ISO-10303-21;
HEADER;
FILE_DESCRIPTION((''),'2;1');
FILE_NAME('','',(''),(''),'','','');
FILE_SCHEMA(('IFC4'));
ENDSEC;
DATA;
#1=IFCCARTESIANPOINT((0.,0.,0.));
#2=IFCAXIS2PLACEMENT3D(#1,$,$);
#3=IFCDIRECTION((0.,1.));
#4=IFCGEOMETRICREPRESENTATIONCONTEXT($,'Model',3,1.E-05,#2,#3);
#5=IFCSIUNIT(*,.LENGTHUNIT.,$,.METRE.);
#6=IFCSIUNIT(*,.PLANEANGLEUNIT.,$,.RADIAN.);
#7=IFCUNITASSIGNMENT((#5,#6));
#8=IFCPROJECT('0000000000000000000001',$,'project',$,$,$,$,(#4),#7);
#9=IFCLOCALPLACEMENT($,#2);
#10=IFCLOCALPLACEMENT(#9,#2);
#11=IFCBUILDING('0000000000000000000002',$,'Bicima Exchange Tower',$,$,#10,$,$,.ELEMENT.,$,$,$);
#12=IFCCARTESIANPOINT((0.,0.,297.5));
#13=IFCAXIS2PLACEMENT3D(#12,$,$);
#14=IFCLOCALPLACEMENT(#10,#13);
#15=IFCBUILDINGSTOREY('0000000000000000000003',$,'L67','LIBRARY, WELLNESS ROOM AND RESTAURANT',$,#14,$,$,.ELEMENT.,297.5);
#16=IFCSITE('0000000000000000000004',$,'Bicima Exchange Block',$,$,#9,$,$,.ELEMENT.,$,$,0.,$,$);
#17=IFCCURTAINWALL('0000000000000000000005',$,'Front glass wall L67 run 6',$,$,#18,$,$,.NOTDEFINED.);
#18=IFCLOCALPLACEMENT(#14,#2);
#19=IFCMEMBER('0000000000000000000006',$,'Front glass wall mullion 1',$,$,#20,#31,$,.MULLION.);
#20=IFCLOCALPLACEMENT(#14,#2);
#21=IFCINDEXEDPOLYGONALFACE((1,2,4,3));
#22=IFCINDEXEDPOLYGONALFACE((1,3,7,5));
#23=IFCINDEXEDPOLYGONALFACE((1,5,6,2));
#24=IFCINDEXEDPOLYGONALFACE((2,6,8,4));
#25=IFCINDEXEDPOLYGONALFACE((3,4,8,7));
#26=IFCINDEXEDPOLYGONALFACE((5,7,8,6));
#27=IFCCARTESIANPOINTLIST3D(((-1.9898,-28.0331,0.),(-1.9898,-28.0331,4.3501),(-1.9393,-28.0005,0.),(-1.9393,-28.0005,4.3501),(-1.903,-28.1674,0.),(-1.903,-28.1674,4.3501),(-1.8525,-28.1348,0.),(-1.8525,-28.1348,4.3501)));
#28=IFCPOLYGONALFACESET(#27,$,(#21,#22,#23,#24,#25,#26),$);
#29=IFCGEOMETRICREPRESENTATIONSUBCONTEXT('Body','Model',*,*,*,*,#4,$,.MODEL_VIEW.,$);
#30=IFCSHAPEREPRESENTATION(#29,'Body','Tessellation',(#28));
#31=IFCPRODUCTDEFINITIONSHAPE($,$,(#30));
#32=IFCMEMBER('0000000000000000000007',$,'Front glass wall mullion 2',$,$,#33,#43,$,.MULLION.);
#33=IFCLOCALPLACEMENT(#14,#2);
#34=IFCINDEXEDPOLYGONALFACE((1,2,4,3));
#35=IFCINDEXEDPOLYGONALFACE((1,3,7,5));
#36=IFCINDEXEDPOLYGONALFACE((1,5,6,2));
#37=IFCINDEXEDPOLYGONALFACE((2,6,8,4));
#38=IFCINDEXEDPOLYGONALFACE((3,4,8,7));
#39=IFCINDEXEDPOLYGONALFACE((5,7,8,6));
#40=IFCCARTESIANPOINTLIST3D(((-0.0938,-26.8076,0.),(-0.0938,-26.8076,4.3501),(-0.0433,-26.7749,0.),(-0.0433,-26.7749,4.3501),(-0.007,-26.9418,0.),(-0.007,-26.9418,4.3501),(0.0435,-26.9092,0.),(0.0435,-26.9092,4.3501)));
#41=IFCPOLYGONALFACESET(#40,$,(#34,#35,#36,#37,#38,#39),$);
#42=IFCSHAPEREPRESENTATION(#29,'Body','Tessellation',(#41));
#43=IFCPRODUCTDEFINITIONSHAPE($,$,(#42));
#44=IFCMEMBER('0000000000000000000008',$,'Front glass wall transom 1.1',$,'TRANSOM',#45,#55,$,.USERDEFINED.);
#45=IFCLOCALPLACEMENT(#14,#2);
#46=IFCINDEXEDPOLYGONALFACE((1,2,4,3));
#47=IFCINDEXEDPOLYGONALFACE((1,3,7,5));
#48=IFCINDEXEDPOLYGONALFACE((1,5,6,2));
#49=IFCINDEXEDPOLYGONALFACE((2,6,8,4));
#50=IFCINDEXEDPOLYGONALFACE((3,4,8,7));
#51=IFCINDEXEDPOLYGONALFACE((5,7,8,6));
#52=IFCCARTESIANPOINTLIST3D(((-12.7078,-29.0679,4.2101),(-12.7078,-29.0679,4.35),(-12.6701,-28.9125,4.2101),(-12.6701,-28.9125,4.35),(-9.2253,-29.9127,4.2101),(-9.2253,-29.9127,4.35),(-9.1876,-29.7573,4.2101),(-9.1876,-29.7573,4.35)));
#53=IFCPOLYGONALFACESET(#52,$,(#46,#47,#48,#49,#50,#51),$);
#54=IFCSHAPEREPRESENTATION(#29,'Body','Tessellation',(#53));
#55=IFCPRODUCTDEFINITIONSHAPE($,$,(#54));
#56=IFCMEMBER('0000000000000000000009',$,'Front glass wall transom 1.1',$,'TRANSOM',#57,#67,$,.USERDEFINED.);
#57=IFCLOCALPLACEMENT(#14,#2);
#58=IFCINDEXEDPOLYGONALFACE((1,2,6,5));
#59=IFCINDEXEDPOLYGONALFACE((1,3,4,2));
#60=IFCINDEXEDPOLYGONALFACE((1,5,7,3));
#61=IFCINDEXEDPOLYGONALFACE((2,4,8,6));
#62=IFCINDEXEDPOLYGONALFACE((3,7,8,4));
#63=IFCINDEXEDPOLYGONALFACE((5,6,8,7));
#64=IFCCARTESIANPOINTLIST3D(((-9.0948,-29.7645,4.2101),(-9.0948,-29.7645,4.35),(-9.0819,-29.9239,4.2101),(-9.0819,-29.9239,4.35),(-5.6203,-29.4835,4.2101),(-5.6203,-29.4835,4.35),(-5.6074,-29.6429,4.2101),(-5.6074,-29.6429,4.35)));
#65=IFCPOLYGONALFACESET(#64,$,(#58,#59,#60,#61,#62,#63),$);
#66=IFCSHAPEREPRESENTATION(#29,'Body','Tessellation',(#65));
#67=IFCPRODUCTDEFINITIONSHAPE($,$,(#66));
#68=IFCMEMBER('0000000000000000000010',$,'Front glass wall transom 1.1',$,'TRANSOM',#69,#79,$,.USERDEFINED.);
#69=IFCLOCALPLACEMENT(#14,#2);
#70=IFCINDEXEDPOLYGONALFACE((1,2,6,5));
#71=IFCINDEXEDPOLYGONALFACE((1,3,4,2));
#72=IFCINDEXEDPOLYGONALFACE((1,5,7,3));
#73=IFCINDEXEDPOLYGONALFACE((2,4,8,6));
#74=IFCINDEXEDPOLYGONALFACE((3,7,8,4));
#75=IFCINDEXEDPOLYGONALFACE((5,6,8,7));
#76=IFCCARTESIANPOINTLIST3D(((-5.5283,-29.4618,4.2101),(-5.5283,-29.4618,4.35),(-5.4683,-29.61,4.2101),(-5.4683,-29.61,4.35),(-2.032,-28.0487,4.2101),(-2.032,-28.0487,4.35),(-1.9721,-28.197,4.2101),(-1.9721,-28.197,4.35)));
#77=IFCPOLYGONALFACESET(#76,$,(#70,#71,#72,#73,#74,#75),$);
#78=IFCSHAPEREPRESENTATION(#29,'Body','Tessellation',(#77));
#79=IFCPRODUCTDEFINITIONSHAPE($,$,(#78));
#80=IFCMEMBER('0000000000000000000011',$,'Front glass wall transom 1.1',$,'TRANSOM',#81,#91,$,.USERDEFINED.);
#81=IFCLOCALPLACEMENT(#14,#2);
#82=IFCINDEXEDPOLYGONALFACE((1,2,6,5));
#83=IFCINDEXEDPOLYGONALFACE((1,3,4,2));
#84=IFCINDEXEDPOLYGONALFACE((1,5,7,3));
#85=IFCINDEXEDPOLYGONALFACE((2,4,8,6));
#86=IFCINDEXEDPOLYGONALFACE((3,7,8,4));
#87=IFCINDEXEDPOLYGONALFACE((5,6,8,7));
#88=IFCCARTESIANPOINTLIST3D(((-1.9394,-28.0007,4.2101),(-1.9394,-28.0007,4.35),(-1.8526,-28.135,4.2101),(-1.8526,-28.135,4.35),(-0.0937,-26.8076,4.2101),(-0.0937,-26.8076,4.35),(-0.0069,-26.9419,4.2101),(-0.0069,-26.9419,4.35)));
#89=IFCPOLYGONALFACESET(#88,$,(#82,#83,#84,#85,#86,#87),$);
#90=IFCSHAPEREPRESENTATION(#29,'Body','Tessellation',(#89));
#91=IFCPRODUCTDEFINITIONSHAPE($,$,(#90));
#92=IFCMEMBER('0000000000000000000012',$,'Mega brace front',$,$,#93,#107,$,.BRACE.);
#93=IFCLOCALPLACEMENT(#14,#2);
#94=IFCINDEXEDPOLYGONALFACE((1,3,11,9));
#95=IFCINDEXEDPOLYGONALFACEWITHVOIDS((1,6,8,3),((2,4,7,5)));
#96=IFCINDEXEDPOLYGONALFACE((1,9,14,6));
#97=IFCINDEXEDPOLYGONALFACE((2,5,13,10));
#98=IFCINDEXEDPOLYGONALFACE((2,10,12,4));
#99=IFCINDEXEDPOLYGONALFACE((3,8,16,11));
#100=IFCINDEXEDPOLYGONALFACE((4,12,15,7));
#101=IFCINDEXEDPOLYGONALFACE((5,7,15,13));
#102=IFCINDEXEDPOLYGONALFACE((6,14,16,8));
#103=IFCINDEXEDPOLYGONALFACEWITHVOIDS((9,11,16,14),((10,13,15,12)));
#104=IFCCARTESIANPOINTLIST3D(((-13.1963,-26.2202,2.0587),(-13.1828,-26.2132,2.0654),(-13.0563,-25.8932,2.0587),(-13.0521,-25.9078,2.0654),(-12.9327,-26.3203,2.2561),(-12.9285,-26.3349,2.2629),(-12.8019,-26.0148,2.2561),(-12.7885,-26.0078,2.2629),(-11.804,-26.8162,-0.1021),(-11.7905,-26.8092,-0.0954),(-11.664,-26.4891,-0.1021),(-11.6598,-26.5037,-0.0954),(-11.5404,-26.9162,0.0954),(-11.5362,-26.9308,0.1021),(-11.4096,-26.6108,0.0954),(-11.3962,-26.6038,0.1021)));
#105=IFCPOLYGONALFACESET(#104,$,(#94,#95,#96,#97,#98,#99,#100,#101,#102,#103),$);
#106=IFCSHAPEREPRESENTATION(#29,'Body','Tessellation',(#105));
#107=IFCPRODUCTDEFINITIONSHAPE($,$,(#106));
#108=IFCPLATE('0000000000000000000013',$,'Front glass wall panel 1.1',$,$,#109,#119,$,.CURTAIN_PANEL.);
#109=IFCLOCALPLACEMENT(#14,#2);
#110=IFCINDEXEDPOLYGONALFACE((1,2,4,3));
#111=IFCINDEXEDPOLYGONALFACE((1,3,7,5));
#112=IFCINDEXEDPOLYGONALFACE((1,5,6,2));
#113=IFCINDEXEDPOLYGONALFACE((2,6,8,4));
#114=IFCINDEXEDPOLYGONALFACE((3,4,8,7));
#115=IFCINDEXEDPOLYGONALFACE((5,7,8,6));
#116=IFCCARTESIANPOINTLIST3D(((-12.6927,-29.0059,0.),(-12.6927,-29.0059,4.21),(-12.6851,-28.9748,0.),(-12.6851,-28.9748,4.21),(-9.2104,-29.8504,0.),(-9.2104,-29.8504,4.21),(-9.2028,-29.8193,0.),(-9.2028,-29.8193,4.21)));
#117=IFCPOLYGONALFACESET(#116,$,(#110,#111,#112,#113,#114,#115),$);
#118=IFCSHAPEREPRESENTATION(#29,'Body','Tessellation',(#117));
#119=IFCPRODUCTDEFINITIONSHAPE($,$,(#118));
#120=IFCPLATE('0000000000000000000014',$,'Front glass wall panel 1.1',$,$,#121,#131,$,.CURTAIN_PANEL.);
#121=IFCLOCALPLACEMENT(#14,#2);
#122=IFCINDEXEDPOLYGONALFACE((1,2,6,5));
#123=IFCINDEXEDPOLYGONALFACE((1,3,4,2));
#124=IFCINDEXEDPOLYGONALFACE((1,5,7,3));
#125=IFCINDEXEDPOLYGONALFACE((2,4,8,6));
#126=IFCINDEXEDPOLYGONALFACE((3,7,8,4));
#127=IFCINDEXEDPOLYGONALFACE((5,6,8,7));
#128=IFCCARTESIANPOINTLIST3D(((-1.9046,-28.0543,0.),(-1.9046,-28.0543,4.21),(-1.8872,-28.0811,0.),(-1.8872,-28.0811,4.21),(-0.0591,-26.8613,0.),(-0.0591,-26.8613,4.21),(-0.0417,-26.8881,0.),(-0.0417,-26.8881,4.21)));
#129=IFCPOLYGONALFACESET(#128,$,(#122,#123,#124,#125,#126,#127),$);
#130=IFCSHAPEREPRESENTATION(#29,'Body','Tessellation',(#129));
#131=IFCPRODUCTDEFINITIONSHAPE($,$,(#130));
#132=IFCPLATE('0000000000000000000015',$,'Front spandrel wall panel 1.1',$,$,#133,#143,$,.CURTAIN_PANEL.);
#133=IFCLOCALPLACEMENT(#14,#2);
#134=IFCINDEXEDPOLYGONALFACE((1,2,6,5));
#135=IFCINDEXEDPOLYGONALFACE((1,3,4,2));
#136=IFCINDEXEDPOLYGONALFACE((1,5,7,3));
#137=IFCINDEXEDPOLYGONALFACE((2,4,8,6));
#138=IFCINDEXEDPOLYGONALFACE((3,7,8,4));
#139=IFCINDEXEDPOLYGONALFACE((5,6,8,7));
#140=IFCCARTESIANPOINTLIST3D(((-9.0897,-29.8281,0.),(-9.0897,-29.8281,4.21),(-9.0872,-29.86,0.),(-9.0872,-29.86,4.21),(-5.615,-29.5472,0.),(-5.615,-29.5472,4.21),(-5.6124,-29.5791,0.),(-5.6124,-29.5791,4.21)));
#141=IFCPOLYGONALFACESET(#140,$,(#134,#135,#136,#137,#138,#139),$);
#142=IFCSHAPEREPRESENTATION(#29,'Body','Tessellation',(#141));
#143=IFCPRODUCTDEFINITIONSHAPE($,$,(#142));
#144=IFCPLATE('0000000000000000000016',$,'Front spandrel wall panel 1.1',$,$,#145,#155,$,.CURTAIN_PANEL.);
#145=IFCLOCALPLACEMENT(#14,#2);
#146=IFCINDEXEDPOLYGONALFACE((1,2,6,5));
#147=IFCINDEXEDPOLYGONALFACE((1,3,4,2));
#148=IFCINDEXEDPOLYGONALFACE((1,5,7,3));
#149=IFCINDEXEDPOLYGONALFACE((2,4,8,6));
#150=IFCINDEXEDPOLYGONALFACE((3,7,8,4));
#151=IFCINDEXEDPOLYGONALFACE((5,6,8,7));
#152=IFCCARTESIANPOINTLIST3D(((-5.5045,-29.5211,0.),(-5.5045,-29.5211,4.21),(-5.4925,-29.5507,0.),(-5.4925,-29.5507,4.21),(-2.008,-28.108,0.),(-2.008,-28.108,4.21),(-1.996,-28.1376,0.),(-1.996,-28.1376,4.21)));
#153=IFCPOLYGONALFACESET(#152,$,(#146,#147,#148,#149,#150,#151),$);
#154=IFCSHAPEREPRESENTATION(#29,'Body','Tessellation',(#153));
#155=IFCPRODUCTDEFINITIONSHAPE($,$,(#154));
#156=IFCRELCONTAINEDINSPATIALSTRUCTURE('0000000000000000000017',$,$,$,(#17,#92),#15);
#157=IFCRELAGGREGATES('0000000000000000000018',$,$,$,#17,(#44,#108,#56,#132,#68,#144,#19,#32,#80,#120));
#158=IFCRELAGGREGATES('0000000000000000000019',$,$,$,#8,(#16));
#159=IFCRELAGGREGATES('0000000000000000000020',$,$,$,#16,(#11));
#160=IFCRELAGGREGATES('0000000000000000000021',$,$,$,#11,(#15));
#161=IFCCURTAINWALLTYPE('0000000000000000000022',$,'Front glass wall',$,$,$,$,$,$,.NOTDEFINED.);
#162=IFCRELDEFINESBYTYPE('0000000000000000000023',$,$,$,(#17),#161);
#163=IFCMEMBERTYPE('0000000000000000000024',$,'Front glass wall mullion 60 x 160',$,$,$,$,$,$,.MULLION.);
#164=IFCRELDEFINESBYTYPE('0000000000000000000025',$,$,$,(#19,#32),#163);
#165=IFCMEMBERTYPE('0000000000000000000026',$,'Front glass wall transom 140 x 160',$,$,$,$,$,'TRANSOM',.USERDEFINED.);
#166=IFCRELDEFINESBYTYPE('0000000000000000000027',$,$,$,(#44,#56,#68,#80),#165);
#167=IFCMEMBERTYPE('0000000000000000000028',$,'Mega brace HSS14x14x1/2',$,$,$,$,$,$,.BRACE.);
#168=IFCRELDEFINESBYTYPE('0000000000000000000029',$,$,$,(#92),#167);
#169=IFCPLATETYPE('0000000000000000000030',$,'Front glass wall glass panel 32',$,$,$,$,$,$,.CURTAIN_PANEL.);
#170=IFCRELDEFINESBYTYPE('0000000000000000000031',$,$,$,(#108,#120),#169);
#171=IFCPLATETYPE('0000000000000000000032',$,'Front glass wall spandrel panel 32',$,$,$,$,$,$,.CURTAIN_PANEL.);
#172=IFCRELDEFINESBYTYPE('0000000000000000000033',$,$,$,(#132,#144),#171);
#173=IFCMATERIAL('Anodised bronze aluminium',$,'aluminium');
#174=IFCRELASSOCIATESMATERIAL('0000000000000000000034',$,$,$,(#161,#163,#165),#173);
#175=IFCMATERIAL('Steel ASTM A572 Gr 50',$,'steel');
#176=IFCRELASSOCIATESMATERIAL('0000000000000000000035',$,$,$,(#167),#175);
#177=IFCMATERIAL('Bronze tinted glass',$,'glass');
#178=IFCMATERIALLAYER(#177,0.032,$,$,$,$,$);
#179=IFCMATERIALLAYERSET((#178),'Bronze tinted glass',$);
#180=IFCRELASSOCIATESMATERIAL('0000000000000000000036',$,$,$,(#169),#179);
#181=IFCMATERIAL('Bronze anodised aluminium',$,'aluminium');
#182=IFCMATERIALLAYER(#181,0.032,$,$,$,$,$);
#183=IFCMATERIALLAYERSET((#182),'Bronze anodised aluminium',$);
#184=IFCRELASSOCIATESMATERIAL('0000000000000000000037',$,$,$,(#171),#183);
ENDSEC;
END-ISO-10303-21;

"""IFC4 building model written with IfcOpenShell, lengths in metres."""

from ifc_helpers import new_model, si_unit, direction, frame, origin, origin_2d, place, context, subcontext, project, spatial, rectangle, hollow_rectangle, extrude, material, layer, layer_set, material_profile, profile_set, type_object, element, aggregate, save


model = new_model("IFC4")

# Units and contexts
model_context = context("Model", 3, precision=1e-05, world=origin(), true_north=direction((0.0, 1.0)))
body_context = subcontext(model_context, "Body", "Model", "MODEL_VIEW")
ifc_project = project(units=[si_unit("LENGTHUNIT", "METRE"), si_unit("PLANEANGLEUNIT", "RADIAN")], contexts=[model_context])

# Site, building, storey
site_placement = place(None, origin())
site = spatial("IfcSite", under=ifc_project, at=site_placement, Name="Bicima Exchange Block", CompositionType="ELEMENT", RefElevation=0.0)
building_placement = place(site_placement, origin())
building = spatial("IfcBuilding", under=site, at=building_placement, Name="Bicima Exchange Tower", CompositionType="ELEMENT")
storey_placement = place(building_placement, frame((0.0, 0.0, 297.5)))
storey = spatial("IfcBuildingStorey", under=building, at=storey_placement, Name="L67", Description="LIBRARY, WELLNESS ROOM AND RESTAURANT", CompositionType="ELEMENT", Elevation=297.5)

# Shared definitions
ifc_material_1 = material(Name="Steel ASTM A572 Gr 50", Category="steel")

# Curtain wall, members
ifc_material_2 = material(Name="Anodised bronze aluminium", Category="aluminium")
curtain_wall_type = type_object("IfcCurtainWallType", Name="Front glass wall", PredefinedType="NOTDEFINED", material=ifc_material_2)
curtain_wall_placement = place(storey_placement, origin())
curtain_wall = element("IfcCurtainWall", 1, at=curtain_wall_placement, inside=storey, type_object=curtain_wall_type, Name="Front glass wall L67 run 6", PredefinedType="NOTDEFINED")
ifc_material_profile_1 = material_profile(ifc_material_2, rectangle(XDim=0.1599, YDim=0.0601, at=origin_2d()))
ifc_profile_set_1 = profile_set([ifc_material_profile_1], Name="Anodised bronze aluminium")
member_type_1 = type_object("IfcMemberType", Name="Front glass wall mullion 60 x 160", PredefinedType="MULLION", material=ifc_profile_set_1)
member_1_placement = place(storey_placement, frame((-1.9211, -28.084, 0.0), z_axis=(0.0, 0.0, 1.0), x_axis=(-0.542897, 0.839799, 0.0)))
member_1 = element("IfcMember", 2, at=member_1_placement, type_object=member_type_1, Name="Front glass wall mullion 1", PredefinedType="MULLION", context=body_context, shape_type="SweptSolid", body=[
    extrude(rectangle(XDim=0.1599, YDim=0.0601, at=origin_2d()), origin(), (0.0, 0.0, 1.0), 4.3501),
])
member_2_placement = place(storey_placement, frame((-0.0251, -26.8584, 0.0), z_axis=(0.0, 0.0, 1.0), x_axis=(-0.542897, 0.839799, 0.0)))
member_2 = element("IfcMember", 3, at=member_2_placement, type_object=member_type_1, Name="Front glass wall mullion 2", PredefinedType="MULLION", context=body_context, shape_type="SweptSolid", body=[
    extrude(rectangle(XDim=0.1599, YDim=0.0601, at=origin_2d()), origin(), (0.0, 0.0, 1.0), 4.3501),
])
ifc_material_profile_2 = material_profile(ifc_material_2, rectangle(XDim=0.1599, YDim=0.1399, at=origin_2d()))
ifc_profile_set_2 = profile_set([ifc_material_profile_2], Name="Anodised bronze aluminium")
member_type_2 = type_object("IfcMemberType", Name="Front glass wall transom 140 x 160", ElementType="TRANSOM", PredefinedType="USERDEFINED", material=ifc_profile_set_2)
member_3_placement = place(storey_placement, frame((-12.689, -28.9902, 4.28), z_axis=(0.971818, -0.235733, 0.0), x_axis=(0.235733, 0.971818, 0.0)))
member_3 = element("IfcMember", 4, at=member_3_placement, type_object=member_type_2, Name="Front glass wall transom 1.1", ObjectType="TRANSOM", PredefinedType="USERDEFINED", context=body_context, shape_type="SweptSolid", body=[
    extrude(rectangle(XDim=0.1599, YDim=0.1399, at=origin_2d()), origin(), (0.0, 0.0, 1.0), 3.5835),
])
member_4_placement = place(storey_placement, frame((-9.0884, -29.8442, 4.28), z_axis=(0.996746, 0.080611, 0.0), x_axis=(-0.080611, 0.996746, 0.0)))
member_4 = element("IfcMember", 5, at=member_4_placement, type_object=member_type_2, Name="Front glass wall transom 1.1", ObjectType="TRANSOM", PredefinedType="USERDEFINED", context=body_context, shape_type="SweptSolid", body=[
    extrude(rectangle(XDim=0.1599, YDim=0.1399, at=origin_2d()), origin(), (0.0, 0.0, 1.0), 3.4858),
])
member_5_placement = place(storey_placement, frame((-5.4983, -29.5359, 4.28), z_axis=(0.92714, 0.374715, 0.0), x_axis=(-0.374715, 0.92714, 0.0)))
member_5 = element("IfcMember", 6, at=member_5_placement, type_object=member_type_2, Name="Front glass wall transom 1.1", ObjectType="TRANSOM", PredefinedType="USERDEFINED", context=body_context, shape_type="SweptSolid", body=[
    extrude(rectangle(XDim=0.1599, YDim=0.1399, at=origin_2d()), origin(), (0.0, 0.0, 1.0), 3.771),
])
member_6_placement = place(storey_placement, frame((-1.896, -28.0679, 4.28), z_axis=(0.839811, 0.542878, 0.0), x_axis=(-0.542878, 0.839811, 0.0)))
member_6 = element("IfcMember", 7, at=member_6_placement, type_object=member_type_2, Name="Front glass wall transom 1.1", ObjectType="TRANSOM", PredefinedType="USERDEFINED", context=body_context, shape_type="SweptSolid", body=[
    extrude(rectangle(XDim=0.1599, YDim=0.1399, at=origin_2d()), origin(), (0.0, 0.0, 1.0), 2.1978),
])

# Member
ifc_material_profile_3 = material_profile(ifc_material_1, hollow_rectangle(XDim=0.3557, YDim=0.3557, WallThickness=0.0117, at=origin_2d()))
ifc_profile_set_3 = profile_set([ifc_material_profile_3], Name="Steel ASTM A572 Gr 50")
member_type_3 = type_object("IfcMemberType", Name="Mega brace HSS14x14x1/2", PredefinedType="BRACE", material=ifc_profile_set_3)
member_7_placement = place(storey_placement, frame((-11.6001, -26.71, 0.0), z_axis=(-0.527642, 0.225842, 0.818895), x_axis=(-0.393491, -0.919328, 0.0)))
element("IfcMember", 8, at=member_7_placement, inside=storey, type_object=member_type_3, Name="Mega brace front", PredefinedType="BRACE", context=body_context, shape_type="SweptSolid", body=[
    extrude(hollow_rectangle(XDim=0.3557, YDim=0.3557, WallThickness=0.0117, at=origin_2d()), origin(), (0.0, 0.0, 1.0), 2.6387),
])

# Plates
ifc_material_3 = material(Name="Bronze tinted glass", Category="glass")
ifc_layer_1 = layer(ifc_material_3, 0.032)
ifc_layer_set_1 = layer_set([ifc_layer_1], Name="Bronze tinted glass")
plate_type_1 = type_object("IfcPlateType", Name="Front glass wall glass panel 32", PredefinedType="CURTAIN_PANEL", material=ifc_layer_set_1)
plate_1_placement = place(storey_placement, frame((-10.9478, -29.4126, 0.0), z_axis=(0.0, 0.0, 1.0), x_axis=(0.97183, -0.235682, 0.0)))
plate_1 = element("IfcPlate", 9, at=plate_1_placement, type_object=plate_type_1, Name="Front glass wall panel 1.1", PredefinedType="CURTAIN_PANEL", context=body_context, shape_type="SweptSolid", body=[
    extrude(rectangle(XDim=3.5833, YDim=0.032, at=origin_2d()), origin(), (0.0, 0.0, 1.0), 4.21),
])
plate_2_placement = place(storey_placement, frame((-0.9731, -27.4712, 0.0), z_axis=(0.0, 0.0, 1.0), x_axis=(0.839799, 0.542897, 0.0)))
plate_2 = element("IfcPlate", 10, at=plate_2_placement, type_object=plate_type_1, Name="Front glass wall panel 1.1", PredefinedType="CURTAIN_PANEL", context=body_context, shape_type="SweptSolid", body=[
    extrude(rectangle(XDim=2.1975, YDim=0.032, at=origin_2d()), origin(), (0.0, 0.0, 1.0), 4.21),
])
ifc_material_4 = material(Name="Bronze anodised aluminium", Category="aluminium")
ifc_layer_2 = layer(ifc_material_4, 0.032)
ifc_layer_set_2 = layer_set([ifc_layer_2], Name="Bronze anodised aluminium")
plate_type_2 = type_object("IfcPlateType", Name="Front glass wall spandrel panel 32", PredefinedType="CURTAIN_PANEL", material=ifc_layer_set_2)
plate_3_placement = place(storey_placement, frame((-7.3511, -29.7036, 0.0), z_axis=(0.0, 0.0, 1.0), x_axis=(0.996747, 0.080589, 0.0)))
plate_3 = element("IfcPlate", 11, at=plate_3_placement, type_object=plate_type_2, Name="Front spandrel wall panel 1.1", PredefinedType="CURTAIN_PANEL", context=body_context, shape_type="SweptSolid", body=[
    extrude(rectangle(XDim=3.4861, YDim=0.032, at=origin_2d()), origin(), (0.0, 0.0, 1.0), 4.21),
])
plate_4_placement = place(storey_placement, frame((-3.7502, -28.8293, 0.0), z_axis=(0.0, 0.0, 1.0), x_axis=(0.927144, 0.374705, 0.0)))
plate_4 = element("IfcPlate", 12, at=plate_4_placement, type_object=plate_type_2, Name="Front spandrel wall panel 1.1", PredefinedType="CURTAIN_PANEL", context=body_context, shape_type="SweptSolid", body=[
    extrude(rectangle(XDim=3.7712, YDim=0.032, at=origin_2d()), origin(), (0.0, 0.0, 1.0), 4.21),
])
aggregate(curtain_wall, [member_3, plate_1, member_4, plate_3, member_5, plate_4, member_1, member_2, member_6, plate_2])

save(model, "model.ifc")
